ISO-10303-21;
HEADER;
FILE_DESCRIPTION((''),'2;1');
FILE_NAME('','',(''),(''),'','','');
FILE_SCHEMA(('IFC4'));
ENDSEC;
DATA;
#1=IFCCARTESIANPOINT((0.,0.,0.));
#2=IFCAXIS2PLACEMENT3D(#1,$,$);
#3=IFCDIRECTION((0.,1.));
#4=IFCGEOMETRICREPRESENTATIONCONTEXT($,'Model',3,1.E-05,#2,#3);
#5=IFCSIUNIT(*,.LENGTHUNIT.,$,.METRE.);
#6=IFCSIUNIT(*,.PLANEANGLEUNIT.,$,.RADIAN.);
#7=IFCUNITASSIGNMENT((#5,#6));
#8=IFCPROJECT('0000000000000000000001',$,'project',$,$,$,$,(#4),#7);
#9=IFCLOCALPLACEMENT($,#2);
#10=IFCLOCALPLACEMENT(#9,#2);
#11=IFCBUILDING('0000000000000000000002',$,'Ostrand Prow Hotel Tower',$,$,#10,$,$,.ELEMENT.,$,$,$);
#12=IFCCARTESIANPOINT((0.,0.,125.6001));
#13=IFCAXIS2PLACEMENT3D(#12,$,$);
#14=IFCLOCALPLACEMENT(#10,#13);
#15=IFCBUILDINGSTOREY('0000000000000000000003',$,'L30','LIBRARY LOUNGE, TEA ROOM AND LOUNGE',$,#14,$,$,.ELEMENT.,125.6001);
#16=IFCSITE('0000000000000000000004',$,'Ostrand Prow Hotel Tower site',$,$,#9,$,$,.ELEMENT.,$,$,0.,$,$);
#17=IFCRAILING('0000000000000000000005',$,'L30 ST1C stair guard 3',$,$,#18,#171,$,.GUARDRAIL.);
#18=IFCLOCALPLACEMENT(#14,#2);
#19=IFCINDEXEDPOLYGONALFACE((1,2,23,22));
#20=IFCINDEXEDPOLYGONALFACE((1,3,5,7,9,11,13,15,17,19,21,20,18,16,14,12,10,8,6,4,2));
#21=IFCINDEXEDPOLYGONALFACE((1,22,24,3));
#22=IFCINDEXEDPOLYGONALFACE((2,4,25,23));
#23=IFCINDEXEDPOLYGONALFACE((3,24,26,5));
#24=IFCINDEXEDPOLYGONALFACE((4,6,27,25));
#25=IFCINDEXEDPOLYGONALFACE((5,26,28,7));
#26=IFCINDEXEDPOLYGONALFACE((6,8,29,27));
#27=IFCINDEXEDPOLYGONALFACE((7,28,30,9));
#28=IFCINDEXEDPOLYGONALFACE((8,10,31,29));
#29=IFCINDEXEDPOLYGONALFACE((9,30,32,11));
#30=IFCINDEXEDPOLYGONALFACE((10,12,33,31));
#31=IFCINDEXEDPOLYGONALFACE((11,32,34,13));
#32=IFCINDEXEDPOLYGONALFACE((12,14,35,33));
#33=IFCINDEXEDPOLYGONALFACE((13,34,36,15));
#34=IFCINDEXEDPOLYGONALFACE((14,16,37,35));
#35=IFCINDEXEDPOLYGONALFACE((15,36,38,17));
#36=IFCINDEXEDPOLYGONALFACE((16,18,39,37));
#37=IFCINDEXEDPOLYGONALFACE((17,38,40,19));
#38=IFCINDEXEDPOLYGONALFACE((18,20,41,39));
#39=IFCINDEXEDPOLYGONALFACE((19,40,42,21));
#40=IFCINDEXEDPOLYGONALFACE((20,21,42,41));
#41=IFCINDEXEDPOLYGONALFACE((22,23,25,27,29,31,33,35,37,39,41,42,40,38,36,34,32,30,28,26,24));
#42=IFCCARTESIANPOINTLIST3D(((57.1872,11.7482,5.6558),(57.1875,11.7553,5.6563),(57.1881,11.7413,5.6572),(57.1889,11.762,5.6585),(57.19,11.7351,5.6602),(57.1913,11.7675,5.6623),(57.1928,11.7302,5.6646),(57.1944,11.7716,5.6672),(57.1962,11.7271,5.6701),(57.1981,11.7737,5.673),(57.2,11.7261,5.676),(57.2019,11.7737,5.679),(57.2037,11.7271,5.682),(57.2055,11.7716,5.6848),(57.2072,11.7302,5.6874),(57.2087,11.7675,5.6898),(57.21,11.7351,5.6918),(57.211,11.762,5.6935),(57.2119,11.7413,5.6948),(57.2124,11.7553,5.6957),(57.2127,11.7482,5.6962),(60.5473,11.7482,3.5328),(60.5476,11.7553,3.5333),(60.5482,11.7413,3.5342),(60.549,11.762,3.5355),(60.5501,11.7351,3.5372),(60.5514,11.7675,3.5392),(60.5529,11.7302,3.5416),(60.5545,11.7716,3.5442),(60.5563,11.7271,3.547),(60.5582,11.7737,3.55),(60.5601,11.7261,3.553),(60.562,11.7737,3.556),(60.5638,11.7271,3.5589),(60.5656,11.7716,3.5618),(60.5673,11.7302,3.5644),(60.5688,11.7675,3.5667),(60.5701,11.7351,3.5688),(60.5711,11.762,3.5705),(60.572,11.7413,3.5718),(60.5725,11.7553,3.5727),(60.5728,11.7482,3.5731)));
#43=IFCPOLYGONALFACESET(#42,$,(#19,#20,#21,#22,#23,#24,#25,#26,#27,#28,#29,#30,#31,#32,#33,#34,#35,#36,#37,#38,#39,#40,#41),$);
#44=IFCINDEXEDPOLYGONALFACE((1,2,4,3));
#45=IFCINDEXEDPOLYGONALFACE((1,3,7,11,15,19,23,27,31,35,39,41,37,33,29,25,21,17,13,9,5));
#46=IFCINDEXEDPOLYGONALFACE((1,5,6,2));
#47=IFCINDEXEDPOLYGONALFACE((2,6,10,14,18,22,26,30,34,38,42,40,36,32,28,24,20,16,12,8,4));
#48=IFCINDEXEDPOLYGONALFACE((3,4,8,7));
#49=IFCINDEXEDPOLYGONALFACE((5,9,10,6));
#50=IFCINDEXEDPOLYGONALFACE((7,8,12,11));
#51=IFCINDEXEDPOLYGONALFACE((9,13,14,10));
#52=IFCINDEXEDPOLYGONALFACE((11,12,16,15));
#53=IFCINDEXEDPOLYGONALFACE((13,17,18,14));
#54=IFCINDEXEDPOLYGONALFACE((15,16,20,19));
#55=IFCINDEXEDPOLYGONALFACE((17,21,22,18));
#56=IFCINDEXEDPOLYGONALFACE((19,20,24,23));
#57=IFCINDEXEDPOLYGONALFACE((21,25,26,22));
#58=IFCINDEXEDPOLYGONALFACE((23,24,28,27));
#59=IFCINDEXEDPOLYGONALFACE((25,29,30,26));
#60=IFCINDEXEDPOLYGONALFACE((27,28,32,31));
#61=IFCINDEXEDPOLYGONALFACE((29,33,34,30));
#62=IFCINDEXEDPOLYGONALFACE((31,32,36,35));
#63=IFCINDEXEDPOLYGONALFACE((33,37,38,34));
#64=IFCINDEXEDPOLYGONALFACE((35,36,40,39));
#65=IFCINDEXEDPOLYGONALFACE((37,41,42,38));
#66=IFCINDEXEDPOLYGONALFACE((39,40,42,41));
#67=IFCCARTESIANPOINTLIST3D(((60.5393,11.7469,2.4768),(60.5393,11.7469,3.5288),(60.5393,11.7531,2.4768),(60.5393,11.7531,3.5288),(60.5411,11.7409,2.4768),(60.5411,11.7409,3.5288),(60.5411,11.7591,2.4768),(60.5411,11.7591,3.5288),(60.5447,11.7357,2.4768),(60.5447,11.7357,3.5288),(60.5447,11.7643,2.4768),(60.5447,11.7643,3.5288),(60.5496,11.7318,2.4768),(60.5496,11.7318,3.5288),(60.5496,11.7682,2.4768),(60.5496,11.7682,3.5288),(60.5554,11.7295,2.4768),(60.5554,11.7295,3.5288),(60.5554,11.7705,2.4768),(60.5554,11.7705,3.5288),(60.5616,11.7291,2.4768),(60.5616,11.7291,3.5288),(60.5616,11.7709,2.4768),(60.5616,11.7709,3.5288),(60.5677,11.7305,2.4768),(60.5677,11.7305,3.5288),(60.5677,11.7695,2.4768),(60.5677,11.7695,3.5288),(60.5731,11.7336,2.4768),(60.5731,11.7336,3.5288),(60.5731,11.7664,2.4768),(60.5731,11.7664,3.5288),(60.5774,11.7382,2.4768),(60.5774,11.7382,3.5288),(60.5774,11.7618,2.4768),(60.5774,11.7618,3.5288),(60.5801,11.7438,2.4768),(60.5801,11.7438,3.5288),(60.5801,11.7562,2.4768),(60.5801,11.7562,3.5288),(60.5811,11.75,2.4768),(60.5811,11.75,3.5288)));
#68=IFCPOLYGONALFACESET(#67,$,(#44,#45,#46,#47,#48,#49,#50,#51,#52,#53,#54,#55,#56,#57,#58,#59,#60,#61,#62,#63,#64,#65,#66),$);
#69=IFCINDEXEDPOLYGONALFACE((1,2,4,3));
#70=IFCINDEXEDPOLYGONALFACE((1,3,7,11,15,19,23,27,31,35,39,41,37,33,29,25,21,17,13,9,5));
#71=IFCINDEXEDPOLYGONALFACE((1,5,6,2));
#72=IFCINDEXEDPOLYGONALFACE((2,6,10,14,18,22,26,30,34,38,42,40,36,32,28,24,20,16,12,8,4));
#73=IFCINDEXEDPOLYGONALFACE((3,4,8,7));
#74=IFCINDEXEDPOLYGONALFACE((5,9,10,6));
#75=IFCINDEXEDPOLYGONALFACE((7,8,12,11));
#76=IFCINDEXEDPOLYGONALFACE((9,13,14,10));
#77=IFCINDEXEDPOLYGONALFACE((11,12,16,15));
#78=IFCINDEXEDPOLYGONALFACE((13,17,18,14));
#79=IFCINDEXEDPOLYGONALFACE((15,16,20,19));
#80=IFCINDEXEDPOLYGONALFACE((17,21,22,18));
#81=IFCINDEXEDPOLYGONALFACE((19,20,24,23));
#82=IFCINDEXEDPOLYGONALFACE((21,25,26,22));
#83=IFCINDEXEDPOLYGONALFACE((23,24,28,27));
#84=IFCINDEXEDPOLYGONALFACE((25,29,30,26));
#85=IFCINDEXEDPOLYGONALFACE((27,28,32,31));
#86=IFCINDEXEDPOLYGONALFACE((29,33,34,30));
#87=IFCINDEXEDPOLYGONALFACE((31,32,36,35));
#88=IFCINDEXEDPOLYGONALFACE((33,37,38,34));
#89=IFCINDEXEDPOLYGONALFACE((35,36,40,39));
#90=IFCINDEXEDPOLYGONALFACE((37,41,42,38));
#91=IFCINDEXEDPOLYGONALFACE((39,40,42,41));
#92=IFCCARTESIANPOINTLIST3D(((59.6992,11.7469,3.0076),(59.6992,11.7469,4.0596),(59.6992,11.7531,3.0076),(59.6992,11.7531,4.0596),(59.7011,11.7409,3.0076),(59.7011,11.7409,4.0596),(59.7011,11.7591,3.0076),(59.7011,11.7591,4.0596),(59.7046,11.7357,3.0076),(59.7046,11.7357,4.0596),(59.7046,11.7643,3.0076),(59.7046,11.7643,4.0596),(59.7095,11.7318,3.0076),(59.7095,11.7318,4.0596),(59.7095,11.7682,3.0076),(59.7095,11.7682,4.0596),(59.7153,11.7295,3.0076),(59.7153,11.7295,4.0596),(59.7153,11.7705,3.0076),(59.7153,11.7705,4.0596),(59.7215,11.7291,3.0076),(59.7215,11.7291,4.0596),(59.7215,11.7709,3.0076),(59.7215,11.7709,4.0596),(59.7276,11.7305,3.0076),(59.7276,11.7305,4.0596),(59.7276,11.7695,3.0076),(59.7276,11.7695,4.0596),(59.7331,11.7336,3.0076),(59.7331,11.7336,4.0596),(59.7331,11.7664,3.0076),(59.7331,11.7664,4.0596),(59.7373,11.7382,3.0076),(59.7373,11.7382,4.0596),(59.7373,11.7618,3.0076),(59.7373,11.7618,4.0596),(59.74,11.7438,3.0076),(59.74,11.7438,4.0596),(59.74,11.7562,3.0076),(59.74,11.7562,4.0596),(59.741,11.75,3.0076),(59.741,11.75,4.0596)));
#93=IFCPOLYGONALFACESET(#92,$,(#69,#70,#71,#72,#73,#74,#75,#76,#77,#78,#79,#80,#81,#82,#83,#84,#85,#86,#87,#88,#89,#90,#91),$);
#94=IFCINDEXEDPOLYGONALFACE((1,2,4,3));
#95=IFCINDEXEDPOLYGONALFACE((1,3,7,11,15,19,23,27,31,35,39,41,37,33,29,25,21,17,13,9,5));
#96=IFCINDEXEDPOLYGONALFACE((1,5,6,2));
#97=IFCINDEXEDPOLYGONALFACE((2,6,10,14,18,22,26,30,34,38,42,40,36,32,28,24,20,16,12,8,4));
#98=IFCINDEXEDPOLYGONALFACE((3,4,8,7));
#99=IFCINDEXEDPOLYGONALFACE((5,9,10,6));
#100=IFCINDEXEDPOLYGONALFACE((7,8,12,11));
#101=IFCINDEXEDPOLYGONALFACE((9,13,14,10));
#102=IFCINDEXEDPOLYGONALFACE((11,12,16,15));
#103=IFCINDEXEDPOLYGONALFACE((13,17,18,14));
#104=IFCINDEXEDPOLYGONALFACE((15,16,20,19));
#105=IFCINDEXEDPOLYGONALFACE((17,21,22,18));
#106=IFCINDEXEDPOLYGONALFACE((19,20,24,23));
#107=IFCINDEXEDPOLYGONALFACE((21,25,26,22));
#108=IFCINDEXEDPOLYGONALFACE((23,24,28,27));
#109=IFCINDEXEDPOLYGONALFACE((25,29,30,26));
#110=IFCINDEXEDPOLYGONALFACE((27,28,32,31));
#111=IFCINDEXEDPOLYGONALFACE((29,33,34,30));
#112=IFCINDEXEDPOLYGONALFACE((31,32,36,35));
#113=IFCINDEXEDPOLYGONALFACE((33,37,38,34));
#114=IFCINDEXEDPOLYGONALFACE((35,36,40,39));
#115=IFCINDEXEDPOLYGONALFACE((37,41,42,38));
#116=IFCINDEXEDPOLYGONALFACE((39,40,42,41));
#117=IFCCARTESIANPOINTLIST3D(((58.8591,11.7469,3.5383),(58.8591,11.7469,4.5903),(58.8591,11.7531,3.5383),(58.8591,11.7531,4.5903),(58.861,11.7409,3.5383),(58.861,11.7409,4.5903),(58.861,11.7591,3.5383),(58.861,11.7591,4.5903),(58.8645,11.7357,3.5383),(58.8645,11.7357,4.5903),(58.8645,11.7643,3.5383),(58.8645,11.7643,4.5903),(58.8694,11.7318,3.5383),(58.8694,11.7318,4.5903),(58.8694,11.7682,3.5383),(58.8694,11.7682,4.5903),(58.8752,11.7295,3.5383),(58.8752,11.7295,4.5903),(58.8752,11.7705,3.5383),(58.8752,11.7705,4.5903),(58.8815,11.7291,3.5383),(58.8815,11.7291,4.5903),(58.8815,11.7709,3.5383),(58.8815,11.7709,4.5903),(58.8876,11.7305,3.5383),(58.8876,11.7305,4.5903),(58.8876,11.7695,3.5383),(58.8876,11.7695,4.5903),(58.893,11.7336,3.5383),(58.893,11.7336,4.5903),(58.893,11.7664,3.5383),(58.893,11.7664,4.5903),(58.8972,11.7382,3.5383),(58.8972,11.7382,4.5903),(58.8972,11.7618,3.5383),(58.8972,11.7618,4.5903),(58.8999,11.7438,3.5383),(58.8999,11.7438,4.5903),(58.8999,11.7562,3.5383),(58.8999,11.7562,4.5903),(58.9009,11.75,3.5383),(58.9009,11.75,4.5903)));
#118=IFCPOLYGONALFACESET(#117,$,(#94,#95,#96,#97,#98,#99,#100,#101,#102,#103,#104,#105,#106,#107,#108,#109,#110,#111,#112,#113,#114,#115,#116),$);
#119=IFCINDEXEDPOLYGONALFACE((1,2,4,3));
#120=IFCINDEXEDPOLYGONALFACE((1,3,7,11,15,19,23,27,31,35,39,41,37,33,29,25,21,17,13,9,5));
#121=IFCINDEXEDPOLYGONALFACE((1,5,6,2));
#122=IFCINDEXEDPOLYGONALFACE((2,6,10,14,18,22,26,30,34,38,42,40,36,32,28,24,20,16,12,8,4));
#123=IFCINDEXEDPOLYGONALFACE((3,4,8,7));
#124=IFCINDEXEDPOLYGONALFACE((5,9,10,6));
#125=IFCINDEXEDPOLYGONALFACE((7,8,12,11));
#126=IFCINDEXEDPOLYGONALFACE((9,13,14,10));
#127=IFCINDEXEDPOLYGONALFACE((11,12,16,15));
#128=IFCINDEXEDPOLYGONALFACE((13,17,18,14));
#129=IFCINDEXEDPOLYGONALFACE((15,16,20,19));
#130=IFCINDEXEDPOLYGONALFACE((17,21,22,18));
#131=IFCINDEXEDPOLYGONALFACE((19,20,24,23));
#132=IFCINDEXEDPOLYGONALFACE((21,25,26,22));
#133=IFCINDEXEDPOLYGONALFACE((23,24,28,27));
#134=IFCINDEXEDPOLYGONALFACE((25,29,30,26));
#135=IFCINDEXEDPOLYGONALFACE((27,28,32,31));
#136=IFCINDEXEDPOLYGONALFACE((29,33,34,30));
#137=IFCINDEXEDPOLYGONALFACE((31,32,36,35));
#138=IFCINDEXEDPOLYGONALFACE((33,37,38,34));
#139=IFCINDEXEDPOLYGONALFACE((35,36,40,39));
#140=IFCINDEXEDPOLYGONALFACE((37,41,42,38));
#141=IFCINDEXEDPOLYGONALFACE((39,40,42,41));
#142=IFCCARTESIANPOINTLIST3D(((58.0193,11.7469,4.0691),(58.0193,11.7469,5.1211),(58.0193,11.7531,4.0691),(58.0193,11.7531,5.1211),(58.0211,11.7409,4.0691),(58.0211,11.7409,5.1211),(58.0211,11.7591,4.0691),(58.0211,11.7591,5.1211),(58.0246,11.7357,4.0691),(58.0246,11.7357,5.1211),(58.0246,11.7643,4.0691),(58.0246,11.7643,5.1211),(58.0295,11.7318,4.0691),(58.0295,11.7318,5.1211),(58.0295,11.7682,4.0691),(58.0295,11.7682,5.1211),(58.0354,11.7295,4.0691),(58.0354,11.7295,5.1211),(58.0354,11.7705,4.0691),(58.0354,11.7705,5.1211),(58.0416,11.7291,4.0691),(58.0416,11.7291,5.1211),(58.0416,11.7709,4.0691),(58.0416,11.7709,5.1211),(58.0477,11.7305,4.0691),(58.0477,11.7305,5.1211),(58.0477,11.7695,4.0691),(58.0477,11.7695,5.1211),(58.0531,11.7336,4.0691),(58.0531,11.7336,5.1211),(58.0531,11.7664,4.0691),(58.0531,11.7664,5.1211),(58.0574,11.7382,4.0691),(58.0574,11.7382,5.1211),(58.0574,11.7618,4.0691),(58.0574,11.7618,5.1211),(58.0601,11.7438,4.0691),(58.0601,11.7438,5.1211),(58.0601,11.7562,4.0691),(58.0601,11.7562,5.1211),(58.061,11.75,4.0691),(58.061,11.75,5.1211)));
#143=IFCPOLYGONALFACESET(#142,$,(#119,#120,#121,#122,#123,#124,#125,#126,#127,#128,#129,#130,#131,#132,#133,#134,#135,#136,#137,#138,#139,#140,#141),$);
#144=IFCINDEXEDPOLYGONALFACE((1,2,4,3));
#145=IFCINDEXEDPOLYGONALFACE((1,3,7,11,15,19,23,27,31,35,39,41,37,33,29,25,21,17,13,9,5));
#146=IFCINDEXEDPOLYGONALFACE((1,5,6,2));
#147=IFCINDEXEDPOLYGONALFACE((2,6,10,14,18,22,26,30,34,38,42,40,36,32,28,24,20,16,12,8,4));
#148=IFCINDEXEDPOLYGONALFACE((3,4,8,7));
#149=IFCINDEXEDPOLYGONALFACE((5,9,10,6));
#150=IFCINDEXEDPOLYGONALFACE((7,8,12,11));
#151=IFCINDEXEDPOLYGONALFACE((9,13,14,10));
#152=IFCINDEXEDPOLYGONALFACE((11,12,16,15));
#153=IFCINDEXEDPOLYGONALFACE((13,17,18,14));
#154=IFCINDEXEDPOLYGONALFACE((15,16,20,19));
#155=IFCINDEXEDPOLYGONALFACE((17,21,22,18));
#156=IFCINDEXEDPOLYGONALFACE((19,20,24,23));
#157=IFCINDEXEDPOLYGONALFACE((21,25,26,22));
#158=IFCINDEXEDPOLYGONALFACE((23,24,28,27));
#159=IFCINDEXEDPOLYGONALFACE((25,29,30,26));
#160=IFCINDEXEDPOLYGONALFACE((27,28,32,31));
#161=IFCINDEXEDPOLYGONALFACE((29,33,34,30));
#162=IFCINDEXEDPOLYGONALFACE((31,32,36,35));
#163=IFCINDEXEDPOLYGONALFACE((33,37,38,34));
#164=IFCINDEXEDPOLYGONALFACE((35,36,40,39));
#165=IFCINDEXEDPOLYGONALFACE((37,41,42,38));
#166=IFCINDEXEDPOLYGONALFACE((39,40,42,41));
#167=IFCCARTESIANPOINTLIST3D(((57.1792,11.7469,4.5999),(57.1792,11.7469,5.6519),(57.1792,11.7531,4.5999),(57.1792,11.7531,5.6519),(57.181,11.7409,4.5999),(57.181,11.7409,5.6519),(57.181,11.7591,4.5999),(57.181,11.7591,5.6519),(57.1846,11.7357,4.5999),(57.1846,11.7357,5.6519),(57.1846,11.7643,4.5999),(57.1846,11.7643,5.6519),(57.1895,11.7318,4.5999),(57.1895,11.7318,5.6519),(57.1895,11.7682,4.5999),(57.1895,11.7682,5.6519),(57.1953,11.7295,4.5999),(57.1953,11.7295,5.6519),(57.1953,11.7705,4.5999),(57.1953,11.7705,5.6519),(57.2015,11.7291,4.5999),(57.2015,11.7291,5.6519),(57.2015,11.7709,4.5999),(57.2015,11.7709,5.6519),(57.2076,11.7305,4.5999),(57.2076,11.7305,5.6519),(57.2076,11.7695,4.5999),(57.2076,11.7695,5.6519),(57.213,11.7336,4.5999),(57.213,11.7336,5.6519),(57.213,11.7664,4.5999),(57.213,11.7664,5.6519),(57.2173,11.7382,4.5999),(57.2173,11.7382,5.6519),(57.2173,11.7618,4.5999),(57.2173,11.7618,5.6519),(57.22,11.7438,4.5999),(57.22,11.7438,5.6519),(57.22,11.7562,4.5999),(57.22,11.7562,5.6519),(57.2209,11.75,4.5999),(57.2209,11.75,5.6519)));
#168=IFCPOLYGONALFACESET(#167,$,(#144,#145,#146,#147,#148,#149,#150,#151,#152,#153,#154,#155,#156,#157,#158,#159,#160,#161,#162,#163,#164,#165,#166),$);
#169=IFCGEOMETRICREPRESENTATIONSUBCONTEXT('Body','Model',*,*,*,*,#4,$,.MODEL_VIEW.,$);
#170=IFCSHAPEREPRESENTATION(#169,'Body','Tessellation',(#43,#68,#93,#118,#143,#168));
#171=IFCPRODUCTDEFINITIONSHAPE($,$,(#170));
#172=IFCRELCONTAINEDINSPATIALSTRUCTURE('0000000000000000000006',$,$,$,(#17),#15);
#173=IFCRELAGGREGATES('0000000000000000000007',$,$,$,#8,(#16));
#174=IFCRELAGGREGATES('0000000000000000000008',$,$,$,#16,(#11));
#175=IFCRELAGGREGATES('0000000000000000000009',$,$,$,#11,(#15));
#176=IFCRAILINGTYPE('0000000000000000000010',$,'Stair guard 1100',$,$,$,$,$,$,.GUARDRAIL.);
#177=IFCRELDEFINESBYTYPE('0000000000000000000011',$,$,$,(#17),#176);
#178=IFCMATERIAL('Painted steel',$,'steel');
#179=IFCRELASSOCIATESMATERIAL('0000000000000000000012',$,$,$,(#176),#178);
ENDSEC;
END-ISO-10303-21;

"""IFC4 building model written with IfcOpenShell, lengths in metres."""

from ifc_helpers import new_model, si_unit, direction, frame, origin, origin_2d, place, context, subcontext, project, spatial, circle, extrude, material, type_object, element, save


model = new_model("IFC4")

# Units and contexts
model_context = context("Model", 3, precision=1e-05, world=origin(), true_north=direction((0.0, 1.0)))
body_context = subcontext(model_context, "Body", "Model", "MODEL_VIEW")
ifc_project = project(units=[si_unit("LENGTHUNIT", "METRE"), si_unit("PLANEANGLEUNIT", "RADIAN")], contexts=[model_context])

# Site, building, storey
site_placement = place(None, origin())
site = spatial("IfcSite", under=ifc_project, at=site_placement, Name="Ostrand Prow Hotel Tower site", CompositionType="ELEMENT", RefElevation=0.0)
building_placement = place(site_placement, origin())
building = spatial("IfcBuilding", under=site, at=building_placement, Name="Ostrand Prow Hotel Tower", CompositionType="ELEMENT")
storey_placement = place(building_placement, frame((0.0, 0.0, 125.6001)))
storey = spatial("IfcBuildingStorey", under=building, at=storey_placement, Name="L30", Description="LIBRARY LOUNGE, TEA ROOM AND LOUNGE", CompositionType="ELEMENT", Elevation=125.6001)

# Railing
ifc_material_1 = material(Name="Painted steel", Category="steel")
railing_type_1 = type_object("IfcRailingType", Name="Stair guard 1100", PredefinedType="GUARDRAIL", material=ifc_material_1)
railing_1_placement = place(storey_placement, frame((60.5601, 11.75, 2.4768)))
element("IfcRailing", 1, at=railing_1_placement, inside=storey, type_object=railing_type_1, Name="L30 ST1C stair guard 3", PredefinedType="GUARDRAIL", context=body_context, shape_type="SweptSolid", body=[
    extrude(circle(Radius=0.0239, at=origin_2d()), frame((0.0, 0.0, 1.0762), z_axis=(-0.84539, 0.0, 0.53415), x_axis=(0.0, -1.0, 0.0)), (0.0, 0.0, 1.0), 3.9746),
    extrude(circle(Radius=0.021, at=origin_2d()), origin(), (0.0, 0.0, 1.0), 1.052),
    extrude(circle(Radius=0.021, at=origin_2d()), frame((-0.8401, 0.0, 0.5308)), (0.0, 0.0, 1.0), 1.052),
    extrude(circle(Radius=0.021, at=origin_2d()), frame((-1.6802, 0.0, 1.0615)), (0.0, 0.0, 1.0), 1.052),
    extrude(circle(Radius=0.021, at=origin_2d()), frame((-2.52, 0.0, 1.5923)), (0.0, 0.0, 1.0), 1.052),
    extrude(circle(Radius=0.021, at=origin_2d()), frame((-3.3601, 0.0, 2.123)), (0.0, 0.0, 1.0), 1.052),
])

save(model, "model.ifc")
